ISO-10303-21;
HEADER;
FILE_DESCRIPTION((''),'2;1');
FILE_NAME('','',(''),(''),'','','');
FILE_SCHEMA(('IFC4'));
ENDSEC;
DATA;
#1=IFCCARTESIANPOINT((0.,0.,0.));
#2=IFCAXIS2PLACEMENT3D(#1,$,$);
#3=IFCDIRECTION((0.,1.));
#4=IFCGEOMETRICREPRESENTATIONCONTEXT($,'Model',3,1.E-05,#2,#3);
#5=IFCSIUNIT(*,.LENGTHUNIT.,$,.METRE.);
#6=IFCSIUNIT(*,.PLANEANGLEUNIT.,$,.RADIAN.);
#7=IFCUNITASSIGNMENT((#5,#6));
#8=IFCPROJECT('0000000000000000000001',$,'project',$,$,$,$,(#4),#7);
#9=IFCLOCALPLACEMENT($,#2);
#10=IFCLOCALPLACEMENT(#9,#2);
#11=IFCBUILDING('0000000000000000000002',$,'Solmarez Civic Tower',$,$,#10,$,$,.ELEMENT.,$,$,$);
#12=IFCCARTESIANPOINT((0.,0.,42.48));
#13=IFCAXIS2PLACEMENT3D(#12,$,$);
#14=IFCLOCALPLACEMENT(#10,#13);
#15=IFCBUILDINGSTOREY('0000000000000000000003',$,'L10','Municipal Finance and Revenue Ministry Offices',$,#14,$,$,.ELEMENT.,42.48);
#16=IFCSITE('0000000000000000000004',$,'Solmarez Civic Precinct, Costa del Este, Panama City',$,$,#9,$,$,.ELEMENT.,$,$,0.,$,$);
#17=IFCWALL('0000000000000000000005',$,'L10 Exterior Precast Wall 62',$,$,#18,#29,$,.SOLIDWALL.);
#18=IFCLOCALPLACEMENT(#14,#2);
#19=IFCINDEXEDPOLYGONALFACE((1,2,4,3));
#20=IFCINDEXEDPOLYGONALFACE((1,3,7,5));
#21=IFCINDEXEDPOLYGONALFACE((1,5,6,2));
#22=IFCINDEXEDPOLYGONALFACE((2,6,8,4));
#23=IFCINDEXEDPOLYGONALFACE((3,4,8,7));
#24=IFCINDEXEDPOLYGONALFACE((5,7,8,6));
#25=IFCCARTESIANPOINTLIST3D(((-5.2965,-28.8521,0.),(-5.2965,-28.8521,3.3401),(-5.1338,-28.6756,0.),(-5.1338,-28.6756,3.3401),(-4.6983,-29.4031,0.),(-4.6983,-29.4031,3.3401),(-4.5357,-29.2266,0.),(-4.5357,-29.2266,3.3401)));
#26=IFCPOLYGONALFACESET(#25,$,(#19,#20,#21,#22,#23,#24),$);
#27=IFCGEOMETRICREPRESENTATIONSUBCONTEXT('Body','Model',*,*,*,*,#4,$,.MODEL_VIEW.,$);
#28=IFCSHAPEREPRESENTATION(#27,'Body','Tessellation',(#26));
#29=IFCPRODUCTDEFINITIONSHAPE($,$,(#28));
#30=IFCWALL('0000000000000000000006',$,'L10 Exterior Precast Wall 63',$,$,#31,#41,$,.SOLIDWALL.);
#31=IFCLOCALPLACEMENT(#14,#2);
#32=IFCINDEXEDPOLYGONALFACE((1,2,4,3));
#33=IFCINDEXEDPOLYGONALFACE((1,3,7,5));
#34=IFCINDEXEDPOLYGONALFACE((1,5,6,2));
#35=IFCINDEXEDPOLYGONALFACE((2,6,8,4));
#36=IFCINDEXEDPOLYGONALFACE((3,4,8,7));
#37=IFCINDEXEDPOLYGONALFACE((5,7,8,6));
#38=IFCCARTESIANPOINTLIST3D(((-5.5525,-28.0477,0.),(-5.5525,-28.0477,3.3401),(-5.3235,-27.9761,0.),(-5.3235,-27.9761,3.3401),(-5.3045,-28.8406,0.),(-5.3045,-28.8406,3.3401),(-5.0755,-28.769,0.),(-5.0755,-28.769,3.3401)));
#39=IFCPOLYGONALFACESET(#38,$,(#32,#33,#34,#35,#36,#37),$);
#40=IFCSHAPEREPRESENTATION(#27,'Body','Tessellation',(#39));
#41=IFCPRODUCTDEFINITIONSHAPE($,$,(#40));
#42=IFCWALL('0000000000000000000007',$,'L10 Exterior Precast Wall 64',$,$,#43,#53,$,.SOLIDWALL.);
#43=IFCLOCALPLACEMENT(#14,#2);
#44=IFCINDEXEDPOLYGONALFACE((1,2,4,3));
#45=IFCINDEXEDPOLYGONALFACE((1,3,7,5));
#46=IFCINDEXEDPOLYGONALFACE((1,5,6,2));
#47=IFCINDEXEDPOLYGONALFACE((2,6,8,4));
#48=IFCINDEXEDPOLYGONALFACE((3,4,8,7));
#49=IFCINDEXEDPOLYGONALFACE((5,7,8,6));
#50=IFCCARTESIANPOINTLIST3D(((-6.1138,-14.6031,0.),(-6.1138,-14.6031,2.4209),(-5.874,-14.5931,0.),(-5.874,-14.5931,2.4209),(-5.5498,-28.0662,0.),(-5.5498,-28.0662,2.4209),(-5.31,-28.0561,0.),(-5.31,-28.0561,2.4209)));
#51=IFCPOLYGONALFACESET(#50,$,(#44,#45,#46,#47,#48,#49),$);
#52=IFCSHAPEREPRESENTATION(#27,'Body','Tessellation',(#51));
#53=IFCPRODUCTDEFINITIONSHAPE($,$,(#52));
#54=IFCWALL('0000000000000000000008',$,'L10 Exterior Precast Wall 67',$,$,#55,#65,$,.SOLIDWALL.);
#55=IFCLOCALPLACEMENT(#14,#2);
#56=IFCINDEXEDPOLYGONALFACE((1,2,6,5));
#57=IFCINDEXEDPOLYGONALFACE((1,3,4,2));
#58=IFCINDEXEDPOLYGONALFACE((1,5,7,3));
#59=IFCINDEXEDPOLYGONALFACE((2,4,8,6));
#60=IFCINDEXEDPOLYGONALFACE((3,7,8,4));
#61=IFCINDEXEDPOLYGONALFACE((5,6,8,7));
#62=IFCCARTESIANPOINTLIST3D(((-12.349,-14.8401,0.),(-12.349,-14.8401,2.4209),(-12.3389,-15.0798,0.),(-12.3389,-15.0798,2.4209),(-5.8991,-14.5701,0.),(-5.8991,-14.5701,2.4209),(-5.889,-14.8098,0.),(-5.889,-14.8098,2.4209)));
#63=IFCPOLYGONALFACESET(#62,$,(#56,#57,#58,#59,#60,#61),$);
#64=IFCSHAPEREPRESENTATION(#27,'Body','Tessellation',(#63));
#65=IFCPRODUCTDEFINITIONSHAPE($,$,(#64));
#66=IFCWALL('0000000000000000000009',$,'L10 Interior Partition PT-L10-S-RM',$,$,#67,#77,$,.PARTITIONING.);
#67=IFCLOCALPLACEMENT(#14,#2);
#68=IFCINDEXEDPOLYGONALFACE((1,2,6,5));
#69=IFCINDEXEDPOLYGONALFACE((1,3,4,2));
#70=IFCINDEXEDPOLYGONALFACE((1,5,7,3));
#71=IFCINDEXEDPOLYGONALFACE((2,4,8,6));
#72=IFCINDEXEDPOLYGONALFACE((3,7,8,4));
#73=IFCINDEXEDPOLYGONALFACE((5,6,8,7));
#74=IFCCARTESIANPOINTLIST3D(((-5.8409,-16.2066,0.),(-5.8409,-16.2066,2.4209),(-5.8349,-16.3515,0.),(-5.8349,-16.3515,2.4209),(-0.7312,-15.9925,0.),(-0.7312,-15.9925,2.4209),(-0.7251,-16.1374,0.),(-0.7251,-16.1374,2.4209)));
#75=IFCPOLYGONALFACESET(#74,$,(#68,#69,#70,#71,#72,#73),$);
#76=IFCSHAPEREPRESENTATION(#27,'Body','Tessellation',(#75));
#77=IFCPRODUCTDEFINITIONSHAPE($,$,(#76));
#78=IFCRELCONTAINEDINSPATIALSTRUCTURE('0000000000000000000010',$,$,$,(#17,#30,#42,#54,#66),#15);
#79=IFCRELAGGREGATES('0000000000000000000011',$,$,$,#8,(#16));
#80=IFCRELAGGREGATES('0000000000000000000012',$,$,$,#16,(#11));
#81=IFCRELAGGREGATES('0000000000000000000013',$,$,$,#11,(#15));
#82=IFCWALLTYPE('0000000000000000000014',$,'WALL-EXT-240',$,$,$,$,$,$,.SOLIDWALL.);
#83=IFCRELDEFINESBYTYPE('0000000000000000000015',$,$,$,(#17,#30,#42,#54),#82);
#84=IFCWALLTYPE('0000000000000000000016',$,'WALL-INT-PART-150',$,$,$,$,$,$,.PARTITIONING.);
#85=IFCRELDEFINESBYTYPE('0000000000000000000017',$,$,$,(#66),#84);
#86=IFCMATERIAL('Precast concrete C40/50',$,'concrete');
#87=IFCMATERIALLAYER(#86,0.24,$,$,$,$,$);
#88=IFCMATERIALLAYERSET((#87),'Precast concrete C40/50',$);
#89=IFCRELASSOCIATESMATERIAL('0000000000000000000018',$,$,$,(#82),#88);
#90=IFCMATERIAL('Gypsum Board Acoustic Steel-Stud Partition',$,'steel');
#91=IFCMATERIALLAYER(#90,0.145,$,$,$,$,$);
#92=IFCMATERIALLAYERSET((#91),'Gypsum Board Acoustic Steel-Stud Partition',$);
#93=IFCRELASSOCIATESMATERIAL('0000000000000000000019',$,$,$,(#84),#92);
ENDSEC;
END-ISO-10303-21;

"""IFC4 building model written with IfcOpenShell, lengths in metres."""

from ifc_helpers import new_model, si_unit, direction, frame, frame_2d, origin, place, context, subcontext, project, spatial, rectangle, extrude, material, layer, layer_set, type_object, element, save


model = new_model("IFC4")

# Units and contexts
model_context = context("Model", 3, precision=1e-05, world=origin(), true_north=direction((0.0, 1.0)))
body_context = subcontext(model_context, "Body", "Model", "MODEL_VIEW")
ifc_project = project(units=[si_unit("LENGTHUNIT", "METRE"), si_unit("PLANEANGLEUNIT", "RADIAN")], contexts=[model_context])

# Site, building, storey
site_placement = place(None, origin())
site = spatial("IfcSite", under=ifc_project, at=site_placement, Name="Solmarez Civic Precinct, Costa del Este, Panama City", CompositionType="ELEMENT", RefElevation=0.0)
building_placement = place(site_placement, origin())
building = spatial("IfcBuilding", under=site, at=building_placement, Name="Solmarez Civic Tower", CompositionType="ELEMENT")
storey_placement = place(building_placement, frame((0.0, 0.0, 42.48)))
storey = spatial("IfcBuildingStorey", under=building, at=storey_placement, Name="L10", Description="Municipal Finance and Revenue Ministry Offices", CompositionType="ELEMENT", Elevation=42.48)

# Walls
ifc_material_1 = material(Name="Precast concrete C40/50", Category="concrete")
ifc_layer_1 = layer(ifc_material_1, 0.24)
ifc_layer_set_1 = layer_set([ifc_layer_1], Name="Precast concrete C40/50")
wall_type_1 = type_object("IfcWallType", Name="WALL-EXT-240", PredefinedType="SOLIDWALL", material=ifc_layer_set_1)
wall_1_placement = place(storey_placement, frame((-4.6169, -29.3149, 0.0), z_axis=(0.0, 0.0, 1.0), x_axis=(-0.735482, 0.677544, 0.0)))
element("IfcWall", 1, at=wall_1_placement, inside=storey, type_object=wall_type_1, Name="L10 Exterior Precast Wall 62", PredefinedType="SOLIDWALL", context=body_context, shape_type="SweptSolid", body=[
    extrude(rectangle(XDim=0.8132, YDim=0.24, at=frame_2d((0.4067, 0.0))), origin(), (0.0, 0.0, 1.0), 3.3401),
])
wall_2_placement = place(storey_placement, frame((-5.1899, -28.8049, 0.0), z_axis=(0.0, 0.0, 1.0), x_axis=(-0.298543, 0.954396, 0.0)))
element("IfcWall", 2, at=wall_2_placement, inside=storey, type_object=wall_type_1, Name="L10 Exterior Precast Wall 63", PredefinedType="SOLIDWALL", context=body_context, shape_type="SweptSolid", body=[
    extrude(rectangle(XDim=0.8308, YDim=0.24, at=frame_2d((0.4155, 0.0))), origin(), (0.0, 0.0, 1.0), 3.3401),
])
wall_3_placement = place(storey_placement, frame((-5.4299, -28.061, 0.0), z_axis=(0.0, 0.0, 1.0), x_axis=(-0.041853, 0.999124, 0.0)))
element("IfcWall", 3, at=wall_3_placement, inside=storey, type_object=wall_type_1, Name="L10 Exterior Precast Wall 64", PredefinedType="SOLIDWALL", context=body_context, shape_type="SweptSolid", body=[
    extrude(rectangle(XDim=13.4749, YDim=0.24, at=frame_2d((6.7373, 0.0))), origin(), (0.0, 0.0, 1.0), 2.4209),
])
wall_4_placement = place(storey_placement, frame((-5.894, -14.6899, 0.0), z_axis=(0.0, 0.0, 1.0), x_axis=(-0.999125, -0.041827, 0.0)))
element("IfcWall", 4, at=wall_4_placement, inside=storey, type_object=wall_type_1, Name="L10 Exterior Precast Wall 67", PredefinedType="SOLIDWALL", context=body_context, shape_type="SweptSolid", body=[
    extrude(rectangle(XDim=6.4556, YDim=0.24, at=frame_2d((3.2278, 0.0))), origin(), (0.0, 0.0, 1.0), 2.4209),
])
ifc_material_2 = material(Name="Gypsum Board Acoustic Steel-Stud Partition", Category="steel")
ifc_layer_2 = layer(ifc_material_2, 0.145)
ifc_layer_set_2 = layer_set([ifc_layer_2], Name="Gypsum Board Acoustic Steel-Stud Partition")
wall_type_2 = type_object("IfcWallType", Name="WALL-INT-PART-150", PredefinedType="PARTITIONING", material=ifc_layer_set_2)
wall_5_placement = place(storey_placement, frame((-5.8379, -16.2791, 0.0), z_axis=(0.0, 0.0, 1.0), x_axis=(0.999123, 0.041865, 0.0)))
element("IfcWall", 5, at=wall_5_placement, inside=storey, type_object=wall_type_2, Name="L10 Interior Partition PT-L10-S-RM", PredefinedType="PARTITIONING", context=body_context, shape_type="SweptSolid", body=[
    extrude(rectangle(XDim=5.1143, YDim=0.145, at=frame_2d((2.5571, 0.0))), origin(), (0.0, 0.0, 1.0), 2.4209),
])

save(model, "model.ifc")
